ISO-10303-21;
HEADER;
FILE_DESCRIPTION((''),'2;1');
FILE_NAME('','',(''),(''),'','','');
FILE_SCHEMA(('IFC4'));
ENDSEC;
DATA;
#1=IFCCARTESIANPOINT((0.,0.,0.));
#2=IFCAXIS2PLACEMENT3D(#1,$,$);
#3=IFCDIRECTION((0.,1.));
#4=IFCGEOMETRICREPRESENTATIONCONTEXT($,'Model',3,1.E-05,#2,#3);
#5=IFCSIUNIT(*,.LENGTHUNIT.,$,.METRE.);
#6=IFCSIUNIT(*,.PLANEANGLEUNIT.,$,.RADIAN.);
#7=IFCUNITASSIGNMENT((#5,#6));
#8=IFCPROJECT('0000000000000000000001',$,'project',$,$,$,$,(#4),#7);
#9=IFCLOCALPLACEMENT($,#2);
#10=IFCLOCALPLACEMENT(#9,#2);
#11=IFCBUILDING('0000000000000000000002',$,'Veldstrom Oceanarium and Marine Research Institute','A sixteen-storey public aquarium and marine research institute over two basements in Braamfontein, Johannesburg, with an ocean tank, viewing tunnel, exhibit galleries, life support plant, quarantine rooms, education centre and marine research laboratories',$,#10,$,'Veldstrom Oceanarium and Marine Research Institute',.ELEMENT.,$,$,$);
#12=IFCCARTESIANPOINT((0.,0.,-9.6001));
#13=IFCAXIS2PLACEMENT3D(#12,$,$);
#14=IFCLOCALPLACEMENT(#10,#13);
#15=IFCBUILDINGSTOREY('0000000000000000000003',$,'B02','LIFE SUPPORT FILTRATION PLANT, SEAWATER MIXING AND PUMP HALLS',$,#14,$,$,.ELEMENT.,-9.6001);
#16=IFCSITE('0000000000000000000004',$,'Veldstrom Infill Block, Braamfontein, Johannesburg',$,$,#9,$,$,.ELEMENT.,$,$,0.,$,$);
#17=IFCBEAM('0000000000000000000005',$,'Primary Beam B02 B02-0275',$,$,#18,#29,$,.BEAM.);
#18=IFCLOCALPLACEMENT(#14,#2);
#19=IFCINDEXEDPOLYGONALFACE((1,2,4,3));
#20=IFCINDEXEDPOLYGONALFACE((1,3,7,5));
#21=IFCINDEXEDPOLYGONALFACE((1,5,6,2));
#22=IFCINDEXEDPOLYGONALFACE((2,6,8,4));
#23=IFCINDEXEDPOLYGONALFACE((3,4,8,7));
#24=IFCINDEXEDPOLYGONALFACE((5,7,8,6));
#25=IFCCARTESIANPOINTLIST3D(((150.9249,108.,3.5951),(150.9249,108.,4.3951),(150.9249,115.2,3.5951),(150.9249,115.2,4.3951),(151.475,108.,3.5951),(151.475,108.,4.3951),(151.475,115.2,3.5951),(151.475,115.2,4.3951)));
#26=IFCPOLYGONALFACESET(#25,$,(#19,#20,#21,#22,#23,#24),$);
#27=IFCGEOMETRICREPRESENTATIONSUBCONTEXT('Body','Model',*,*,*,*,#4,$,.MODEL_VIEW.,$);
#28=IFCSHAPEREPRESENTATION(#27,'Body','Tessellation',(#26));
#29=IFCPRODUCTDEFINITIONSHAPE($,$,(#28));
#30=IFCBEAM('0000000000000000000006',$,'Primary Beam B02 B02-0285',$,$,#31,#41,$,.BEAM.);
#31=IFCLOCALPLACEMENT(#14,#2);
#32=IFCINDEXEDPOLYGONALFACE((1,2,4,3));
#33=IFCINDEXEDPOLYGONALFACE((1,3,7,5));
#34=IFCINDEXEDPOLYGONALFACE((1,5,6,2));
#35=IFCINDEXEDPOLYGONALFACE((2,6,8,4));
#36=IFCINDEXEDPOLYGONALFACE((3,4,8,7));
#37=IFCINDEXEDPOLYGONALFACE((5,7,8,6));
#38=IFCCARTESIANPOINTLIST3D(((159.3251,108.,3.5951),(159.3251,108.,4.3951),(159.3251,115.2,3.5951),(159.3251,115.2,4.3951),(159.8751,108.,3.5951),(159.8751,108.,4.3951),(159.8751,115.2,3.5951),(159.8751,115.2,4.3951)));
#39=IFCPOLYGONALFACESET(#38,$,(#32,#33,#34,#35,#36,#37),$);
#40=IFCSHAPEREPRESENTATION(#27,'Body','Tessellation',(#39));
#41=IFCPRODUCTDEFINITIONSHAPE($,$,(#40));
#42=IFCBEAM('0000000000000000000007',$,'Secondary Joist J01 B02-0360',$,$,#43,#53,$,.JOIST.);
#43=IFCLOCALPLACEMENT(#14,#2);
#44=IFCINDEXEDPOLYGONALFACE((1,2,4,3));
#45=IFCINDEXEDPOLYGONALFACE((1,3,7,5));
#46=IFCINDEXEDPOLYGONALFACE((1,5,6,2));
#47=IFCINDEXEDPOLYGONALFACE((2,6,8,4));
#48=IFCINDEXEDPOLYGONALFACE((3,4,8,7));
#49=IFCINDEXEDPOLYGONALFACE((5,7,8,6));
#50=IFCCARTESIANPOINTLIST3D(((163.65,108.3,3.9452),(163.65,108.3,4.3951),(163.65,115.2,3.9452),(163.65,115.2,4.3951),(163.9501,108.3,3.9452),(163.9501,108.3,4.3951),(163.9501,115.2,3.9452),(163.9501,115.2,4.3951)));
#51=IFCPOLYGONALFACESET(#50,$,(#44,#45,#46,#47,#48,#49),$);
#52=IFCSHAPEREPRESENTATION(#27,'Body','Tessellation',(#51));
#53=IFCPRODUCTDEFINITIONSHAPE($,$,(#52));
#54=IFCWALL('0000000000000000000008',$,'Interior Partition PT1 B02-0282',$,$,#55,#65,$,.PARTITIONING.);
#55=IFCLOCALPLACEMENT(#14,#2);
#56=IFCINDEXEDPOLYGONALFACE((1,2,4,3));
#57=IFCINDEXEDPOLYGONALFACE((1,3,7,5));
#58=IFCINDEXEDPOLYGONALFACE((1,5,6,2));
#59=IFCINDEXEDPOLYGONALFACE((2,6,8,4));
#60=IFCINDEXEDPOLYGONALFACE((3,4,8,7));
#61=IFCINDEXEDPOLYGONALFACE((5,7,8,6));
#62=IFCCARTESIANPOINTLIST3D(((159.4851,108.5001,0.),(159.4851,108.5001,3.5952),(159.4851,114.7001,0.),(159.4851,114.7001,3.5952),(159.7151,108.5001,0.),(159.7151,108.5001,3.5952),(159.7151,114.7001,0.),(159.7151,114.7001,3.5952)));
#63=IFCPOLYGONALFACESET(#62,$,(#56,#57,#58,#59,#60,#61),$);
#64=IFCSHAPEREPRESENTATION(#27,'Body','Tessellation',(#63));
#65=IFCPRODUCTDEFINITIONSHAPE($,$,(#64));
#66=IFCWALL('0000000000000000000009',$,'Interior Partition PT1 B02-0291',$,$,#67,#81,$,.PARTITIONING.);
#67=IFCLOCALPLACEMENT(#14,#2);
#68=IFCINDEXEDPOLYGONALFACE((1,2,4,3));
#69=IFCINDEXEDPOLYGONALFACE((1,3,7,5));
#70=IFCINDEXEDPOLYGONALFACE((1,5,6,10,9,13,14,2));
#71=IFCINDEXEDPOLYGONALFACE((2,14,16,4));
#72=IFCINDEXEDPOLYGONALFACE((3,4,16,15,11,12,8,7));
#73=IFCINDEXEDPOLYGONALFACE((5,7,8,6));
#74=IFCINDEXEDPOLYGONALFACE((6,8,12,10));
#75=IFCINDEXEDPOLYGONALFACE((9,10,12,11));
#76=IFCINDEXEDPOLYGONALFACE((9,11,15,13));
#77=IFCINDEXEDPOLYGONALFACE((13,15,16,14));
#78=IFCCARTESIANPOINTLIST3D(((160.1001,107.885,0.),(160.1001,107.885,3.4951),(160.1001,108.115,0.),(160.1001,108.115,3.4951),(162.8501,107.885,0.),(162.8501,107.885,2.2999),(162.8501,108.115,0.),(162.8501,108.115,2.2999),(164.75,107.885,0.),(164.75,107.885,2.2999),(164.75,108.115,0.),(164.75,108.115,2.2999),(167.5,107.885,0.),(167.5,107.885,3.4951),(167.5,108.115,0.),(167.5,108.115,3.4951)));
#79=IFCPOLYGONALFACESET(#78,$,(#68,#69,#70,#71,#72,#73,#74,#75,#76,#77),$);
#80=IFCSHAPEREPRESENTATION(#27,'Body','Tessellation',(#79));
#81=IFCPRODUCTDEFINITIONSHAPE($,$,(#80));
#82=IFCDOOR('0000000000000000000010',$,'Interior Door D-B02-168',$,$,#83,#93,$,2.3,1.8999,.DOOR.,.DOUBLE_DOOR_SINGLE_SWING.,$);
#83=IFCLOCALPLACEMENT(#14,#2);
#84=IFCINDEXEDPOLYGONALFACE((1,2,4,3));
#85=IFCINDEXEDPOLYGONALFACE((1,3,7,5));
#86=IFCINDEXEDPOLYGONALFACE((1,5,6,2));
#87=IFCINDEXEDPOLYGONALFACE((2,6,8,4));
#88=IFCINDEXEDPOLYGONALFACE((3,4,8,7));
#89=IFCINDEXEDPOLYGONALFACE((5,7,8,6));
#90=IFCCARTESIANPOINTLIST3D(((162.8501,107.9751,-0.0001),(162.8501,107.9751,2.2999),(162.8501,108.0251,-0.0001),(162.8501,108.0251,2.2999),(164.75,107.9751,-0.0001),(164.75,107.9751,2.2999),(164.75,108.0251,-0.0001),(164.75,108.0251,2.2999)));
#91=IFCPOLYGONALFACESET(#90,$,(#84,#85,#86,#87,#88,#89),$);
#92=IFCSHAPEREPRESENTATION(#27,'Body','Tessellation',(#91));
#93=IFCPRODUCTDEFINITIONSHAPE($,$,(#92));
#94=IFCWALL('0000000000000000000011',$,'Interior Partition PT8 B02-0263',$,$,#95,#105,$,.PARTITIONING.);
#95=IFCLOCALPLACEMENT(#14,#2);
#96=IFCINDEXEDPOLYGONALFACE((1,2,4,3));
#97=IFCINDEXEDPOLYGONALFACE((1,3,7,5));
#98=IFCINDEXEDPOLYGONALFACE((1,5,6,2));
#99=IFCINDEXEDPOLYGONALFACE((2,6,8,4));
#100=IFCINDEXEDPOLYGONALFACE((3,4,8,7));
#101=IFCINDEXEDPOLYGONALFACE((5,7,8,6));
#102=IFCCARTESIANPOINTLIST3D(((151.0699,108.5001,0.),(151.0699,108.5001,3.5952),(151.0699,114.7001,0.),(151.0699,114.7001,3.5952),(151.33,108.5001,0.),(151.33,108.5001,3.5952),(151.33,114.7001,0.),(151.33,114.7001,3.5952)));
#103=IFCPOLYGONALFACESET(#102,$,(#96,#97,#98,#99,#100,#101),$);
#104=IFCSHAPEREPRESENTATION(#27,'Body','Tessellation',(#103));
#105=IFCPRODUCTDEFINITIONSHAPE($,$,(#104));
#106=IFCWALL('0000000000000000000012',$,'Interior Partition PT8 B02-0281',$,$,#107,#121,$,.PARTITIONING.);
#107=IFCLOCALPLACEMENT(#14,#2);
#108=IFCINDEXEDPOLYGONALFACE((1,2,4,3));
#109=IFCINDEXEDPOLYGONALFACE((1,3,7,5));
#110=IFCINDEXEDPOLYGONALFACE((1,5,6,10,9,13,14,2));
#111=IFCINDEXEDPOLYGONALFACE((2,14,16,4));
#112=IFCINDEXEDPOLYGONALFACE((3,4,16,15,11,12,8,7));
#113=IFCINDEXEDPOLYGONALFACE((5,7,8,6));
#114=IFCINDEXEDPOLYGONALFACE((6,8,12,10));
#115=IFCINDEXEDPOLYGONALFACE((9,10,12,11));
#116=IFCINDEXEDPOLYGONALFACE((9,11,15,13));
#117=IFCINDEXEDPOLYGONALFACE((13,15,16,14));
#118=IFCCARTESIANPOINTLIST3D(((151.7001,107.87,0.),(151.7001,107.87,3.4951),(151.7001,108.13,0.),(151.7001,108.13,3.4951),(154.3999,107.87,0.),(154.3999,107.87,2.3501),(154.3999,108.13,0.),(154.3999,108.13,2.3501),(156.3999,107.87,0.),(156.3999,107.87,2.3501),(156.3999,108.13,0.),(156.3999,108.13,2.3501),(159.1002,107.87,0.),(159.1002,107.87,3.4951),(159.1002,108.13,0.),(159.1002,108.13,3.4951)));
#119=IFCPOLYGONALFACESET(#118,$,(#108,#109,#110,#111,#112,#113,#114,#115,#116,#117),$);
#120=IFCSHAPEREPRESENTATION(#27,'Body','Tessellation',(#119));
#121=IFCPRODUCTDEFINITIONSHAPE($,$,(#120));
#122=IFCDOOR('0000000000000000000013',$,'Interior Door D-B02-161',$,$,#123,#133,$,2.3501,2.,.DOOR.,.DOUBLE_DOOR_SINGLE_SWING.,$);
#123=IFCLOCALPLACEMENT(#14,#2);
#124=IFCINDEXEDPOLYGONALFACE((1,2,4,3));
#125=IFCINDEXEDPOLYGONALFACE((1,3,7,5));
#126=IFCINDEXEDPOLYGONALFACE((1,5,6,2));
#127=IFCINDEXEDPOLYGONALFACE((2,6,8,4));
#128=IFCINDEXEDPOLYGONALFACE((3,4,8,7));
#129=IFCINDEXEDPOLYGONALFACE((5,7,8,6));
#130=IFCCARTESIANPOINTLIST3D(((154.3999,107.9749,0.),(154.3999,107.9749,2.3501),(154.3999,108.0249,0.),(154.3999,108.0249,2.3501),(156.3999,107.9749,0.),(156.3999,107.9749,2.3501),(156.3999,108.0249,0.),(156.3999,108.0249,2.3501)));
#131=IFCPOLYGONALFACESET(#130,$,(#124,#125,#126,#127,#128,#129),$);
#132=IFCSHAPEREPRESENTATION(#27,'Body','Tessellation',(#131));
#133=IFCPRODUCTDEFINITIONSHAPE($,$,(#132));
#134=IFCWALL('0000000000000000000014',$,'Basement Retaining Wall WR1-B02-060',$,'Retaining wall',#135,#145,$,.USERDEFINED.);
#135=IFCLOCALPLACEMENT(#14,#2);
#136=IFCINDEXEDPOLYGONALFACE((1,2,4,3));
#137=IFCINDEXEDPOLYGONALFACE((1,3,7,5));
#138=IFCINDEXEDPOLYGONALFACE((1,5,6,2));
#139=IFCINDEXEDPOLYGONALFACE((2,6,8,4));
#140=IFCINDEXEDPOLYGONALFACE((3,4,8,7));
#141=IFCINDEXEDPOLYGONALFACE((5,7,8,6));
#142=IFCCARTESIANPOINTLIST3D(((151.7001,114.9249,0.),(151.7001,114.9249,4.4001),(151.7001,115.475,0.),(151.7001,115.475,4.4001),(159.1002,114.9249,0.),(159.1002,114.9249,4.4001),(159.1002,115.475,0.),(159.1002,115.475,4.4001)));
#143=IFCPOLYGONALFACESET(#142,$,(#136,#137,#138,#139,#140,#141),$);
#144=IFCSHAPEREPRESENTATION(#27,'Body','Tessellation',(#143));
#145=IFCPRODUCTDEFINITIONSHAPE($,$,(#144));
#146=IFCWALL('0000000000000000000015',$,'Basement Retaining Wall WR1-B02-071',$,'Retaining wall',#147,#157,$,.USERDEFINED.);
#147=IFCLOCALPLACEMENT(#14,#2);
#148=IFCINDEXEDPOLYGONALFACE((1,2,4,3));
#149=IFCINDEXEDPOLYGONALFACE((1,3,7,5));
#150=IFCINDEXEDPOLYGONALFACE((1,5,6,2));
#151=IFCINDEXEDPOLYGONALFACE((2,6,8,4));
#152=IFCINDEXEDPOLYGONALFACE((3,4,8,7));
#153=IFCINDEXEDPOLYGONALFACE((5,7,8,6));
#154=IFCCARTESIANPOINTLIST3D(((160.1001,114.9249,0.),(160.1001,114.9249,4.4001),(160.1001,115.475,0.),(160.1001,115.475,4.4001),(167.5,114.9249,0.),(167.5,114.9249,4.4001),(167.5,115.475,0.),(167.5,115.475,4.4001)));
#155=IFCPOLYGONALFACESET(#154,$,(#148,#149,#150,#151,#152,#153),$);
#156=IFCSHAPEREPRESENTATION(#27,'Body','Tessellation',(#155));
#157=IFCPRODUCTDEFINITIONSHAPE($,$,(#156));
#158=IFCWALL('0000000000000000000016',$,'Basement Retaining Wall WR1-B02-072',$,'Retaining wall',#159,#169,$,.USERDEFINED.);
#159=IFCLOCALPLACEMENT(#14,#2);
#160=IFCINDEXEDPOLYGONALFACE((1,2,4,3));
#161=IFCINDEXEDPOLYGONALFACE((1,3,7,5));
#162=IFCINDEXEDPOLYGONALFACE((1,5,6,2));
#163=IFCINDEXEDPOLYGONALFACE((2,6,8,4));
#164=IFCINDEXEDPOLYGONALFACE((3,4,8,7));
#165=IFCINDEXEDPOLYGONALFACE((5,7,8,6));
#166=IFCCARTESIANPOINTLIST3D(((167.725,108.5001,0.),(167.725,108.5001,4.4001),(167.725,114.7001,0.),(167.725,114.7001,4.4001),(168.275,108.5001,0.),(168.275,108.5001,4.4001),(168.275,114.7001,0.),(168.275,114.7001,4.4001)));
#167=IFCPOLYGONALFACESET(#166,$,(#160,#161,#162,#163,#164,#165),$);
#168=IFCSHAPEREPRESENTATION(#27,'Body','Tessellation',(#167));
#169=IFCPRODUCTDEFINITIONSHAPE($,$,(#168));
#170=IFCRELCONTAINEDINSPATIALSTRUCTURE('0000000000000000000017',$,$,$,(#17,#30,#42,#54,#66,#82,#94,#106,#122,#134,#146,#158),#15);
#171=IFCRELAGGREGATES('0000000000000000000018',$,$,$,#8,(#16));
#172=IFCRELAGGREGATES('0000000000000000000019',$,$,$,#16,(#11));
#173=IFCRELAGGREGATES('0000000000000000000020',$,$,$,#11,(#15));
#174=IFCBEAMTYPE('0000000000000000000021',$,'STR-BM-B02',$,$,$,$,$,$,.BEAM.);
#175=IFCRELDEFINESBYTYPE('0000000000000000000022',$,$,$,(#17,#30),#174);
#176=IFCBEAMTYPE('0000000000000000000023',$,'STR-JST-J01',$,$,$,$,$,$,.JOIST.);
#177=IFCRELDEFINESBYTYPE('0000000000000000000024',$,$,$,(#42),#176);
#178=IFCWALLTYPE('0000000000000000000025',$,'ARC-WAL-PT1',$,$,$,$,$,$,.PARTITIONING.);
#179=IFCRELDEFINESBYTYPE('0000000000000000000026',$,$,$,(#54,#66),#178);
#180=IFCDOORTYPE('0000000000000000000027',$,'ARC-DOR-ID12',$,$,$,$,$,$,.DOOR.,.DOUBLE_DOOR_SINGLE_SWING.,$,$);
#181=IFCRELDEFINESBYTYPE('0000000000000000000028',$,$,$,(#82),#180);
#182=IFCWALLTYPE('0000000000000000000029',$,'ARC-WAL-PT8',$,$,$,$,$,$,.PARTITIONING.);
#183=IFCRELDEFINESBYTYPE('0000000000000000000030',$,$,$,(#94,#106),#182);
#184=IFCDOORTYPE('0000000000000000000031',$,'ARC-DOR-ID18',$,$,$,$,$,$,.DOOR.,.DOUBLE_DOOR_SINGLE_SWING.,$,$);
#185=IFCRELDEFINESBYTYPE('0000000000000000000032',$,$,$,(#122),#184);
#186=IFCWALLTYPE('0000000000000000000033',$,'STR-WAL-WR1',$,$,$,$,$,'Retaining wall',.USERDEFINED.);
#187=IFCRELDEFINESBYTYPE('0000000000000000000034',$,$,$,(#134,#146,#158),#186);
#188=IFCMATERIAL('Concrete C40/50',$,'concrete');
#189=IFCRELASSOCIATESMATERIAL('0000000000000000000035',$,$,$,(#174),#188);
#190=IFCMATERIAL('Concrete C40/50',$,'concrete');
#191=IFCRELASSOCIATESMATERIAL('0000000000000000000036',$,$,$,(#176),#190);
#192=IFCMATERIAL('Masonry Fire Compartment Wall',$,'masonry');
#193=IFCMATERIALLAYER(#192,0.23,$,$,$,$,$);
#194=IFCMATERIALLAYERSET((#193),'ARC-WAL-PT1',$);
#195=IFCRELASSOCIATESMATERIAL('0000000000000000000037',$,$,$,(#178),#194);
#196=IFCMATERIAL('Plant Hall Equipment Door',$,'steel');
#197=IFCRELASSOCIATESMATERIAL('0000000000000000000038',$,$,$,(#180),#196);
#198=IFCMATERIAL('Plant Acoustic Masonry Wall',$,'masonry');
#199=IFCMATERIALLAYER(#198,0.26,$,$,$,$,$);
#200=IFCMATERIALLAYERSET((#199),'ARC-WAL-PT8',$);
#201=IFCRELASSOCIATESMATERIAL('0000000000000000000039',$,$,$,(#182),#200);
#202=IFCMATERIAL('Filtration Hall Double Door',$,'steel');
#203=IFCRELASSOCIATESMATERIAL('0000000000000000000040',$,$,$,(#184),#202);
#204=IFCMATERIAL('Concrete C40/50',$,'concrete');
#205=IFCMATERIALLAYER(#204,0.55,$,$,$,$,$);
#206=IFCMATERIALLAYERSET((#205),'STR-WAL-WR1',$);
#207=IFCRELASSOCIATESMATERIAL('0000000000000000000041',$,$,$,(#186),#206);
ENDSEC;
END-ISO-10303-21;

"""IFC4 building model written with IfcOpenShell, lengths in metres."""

from ifc_helpers import new_model, si_unit, direction, frame, frame_2d, origin, origin_2d, place, context, subcontext, project, spatial, rectangle, extrude, material, layer, layer_set, material_profile, profile_set, type_object, element, fill, save


model = new_model("IFC4")

# Units and contexts
model_context = context("Model", 3, precision=1e-05, world=origin(), true_north=direction((0.0, 1.0)))
body_context = subcontext(model_context, "Body", "Model", "MODEL_VIEW")
ifc_project = project(units=[si_unit("LENGTHUNIT", "METRE"), si_unit("PLANEANGLEUNIT", "RADIAN")], contexts=[model_context])

# Site, building, storey
site_placement = place(None, origin())
site = spatial("IfcSite", under=ifc_project, at=site_placement, Name="Veldstrom Infill Block, Braamfontein, Johannesburg", CompositionType="ELEMENT", RefElevation=0.0)
building_placement = place(site_placement, origin())
building = spatial("IfcBuilding", under=site, at=building_placement, Name="Veldstrom Oceanarium and Marine Research Institute", Description="A sixteen-storey public aquarium and marine research institute over two basements in Braamfontein, Johannesburg, with an ocean tank, viewing tunnel, exhibit galleries, life support plant, quarantine rooms, education centre and marine research laboratories", LongName="Veldstrom Oceanarium and Marine Research Institute", CompositionType="ELEMENT")
storey_placement = place(building_placement, frame((0.0, 0.0, -9.6001)))
storey = spatial("IfcBuildingStorey", under=building, at=storey_placement, Name="B02", Description="LIFE SUPPORT FILTRATION PLANT, SEAWATER MIXING AND PUMP HALLS", CompositionType="ELEMENT", Elevation=-9.6001)

# Beams
ifc_material_1 = material(Name="Concrete C40/50", Category="concrete")
ifc_material_profile_1 = material_profile(ifc_material_1, rectangle(XDim=0.55, YDim=0.8, at=origin_2d()), Name="RC-BM-550x800")
ifc_profile_set_1 = profile_set([ifc_material_profile_1], Name="Concrete C40/50")
beam_type_1 = type_object("IfcBeamType", Name="STR-BM-B02", PredefinedType="BEAM", material=ifc_profile_set_1)
for number, where, z_axis, x_axis, name in (
    (1, (151.2, 108.0, 3.9951), (0.0, 1.0, 0.0), (-1.0, 0.0, 0.0), "Primary Beam B02 B02-0275"),
    (2, (159.6001, 108.0, 3.9951), (0.0, 1.0, 0.0), (-1.0, 0.0, 0.0), "Primary Beam B02 B02-0285"),
):
    element("IfcBeam", number, at=place(storey_placement, frame(where, z_axis=z_axis, x_axis=x_axis)), inside=storey, type_object=beam_type_1, Name=name, PredefinedType="BEAM", context=body_context, shape_type="SweptSolid", body=[
        extrude(rectangle(XDim=0.55, YDim=0.8, at=origin_2d()), origin(), (0.0, 0.0, 1.0), 7.2),
    ])
ifc_material_2 = material(Name="Concrete C40/50", Category="concrete")
ifc_material_profile_2 = material_profile(ifc_material_2, rectangle(XDim=0.3, YDim=0.45, at=origin_2d()), Name="RC-JST-300x450")
ifc_profile_set_2 = profile_set([ifc_material_profile_2], Name="Concrete C40/50")
beam_type_2 = type_object("IfcBeamType", Name="STR-JST-J01", PredefinedType="JOIST", material=ifc_profile_set_2)
beam_1_placement = place(storey_placement, frame((163.8, 108.3, 4.1702), z_axis=(0.0, 1.0, 0.0), x_axis=(-1.0, 0.0, 0.0)))
element("IfcBeam", 3, at=beam_1_placement, inside=storey, type_object=beam_type_2, Name="Secondary Joist J01 B02-0360", PredefinedType="JOIST", context=body_context, shape_type="SweptSolid", body=[
    extrude(rectangle(XDim=0.3, YDim=0.45, at=origin_2d()), origin(), (0.0, 0.0, 1.0), 6.8999),
])

# Wall
ifc_material_3 = material(Name="Masonry Fire Compartment Wall", Category="masonry")
ifc_layer_1 = layer(ifc_material_3, 0.23)
ifc_layer_set_1 = layer_set([ifc_layer_1], Name="ARC-WAL-PT1")
wall_type_1 = type_object("IfcWallType", Name="ARC-WAL-PT1", PredefinedType="PARTITIONING", material=ifc_layer_set_1)
wall_1_placement = place(storey_placement, frame((159.6001, 108.5, 0.0), z_axis=(0.0, 0.0, 1.0), x_axis=(0.0, 1.0, 0.0)))
element("IfcWall", 4, at=wall_1_placement, inside=storey, type_object=wall_type_1, Name="Interior Partition PT1 B02-0282", PredefinedType="PARTITIONING", context=body_context, shape_type="SweptSolid", body=[
    extrude(rectangle(XDim=6.2, YDim=0.23, at=frame_2d((3.1001, 0.0))), origin(), (0.0, 0.0, 1.0), 3.5952),
])

# Wall, opening, door
wall_2_placement = place(storey_placement, frame((160.1001, 108.0, 0.0), z_axis=(0.0, 0.0, 1.0), x_axis=(1.0, 0.0, 0.0)))
wall_2 = element("IfcWall", 5, at=wall_2_placement, inside=storey, type_object=wall_type_1, Name="Interior Partition PT1 B02-0291", PredefinedType="PARTITIONING", context=body_context, shape_type="SweptSolid", body=[
    extrude(rectangle(XDim=7.3999, YDim=0.23, at=frame_2d((3.7, 0.0))), origin(), (0.0, 0.0, 1.0), 3.4951),
])
opening_1_placement = place(wall_2_placement, frame((2.75, 0.0, 0.0)))
opening_1 = element("IfcOpeningElement", 6, at=opening_1_placement, cuts=wall_2, PredefinedType="OPENING", context=body_context, shape_type="SweptSolid", body=[
    extrude(rectangle(XDim=1.8999, YDim=2.3, at=frame_2d((0.95, 1.1499))), frame((0.0, 0.125, 0.0), z_axis=(0.0, -1.0, 0.0), x_axis=(1.0, 0.0, 0.0)), (0.0, 0.0, 1.0), 0.25),
])
ifc_material_4 = material(Name="Plant Hall Equipment Door", Category="steel")
door_type_1 = type_object("IfcDoorType", Name="ARC-DOR-ID12", OperationType="DOUBLE_DOOR_SINGLE_SWING", PredefinedType="DOOR", material=ifc_material_4)
door_1_placement = place(opening_1_placement, frame((1.8999, 0.0, 0.0), z_axis=(0.0, 0.0, 1.0), x_axis=(-1.0, 0.0, 0.0)))
door_1 = element("IfcDoor", 7, at=door_1_placement, inside=storey, type_object=door_type_1, Name="Interior Door D-B02-168", OperationType="DOUBLE_DOOR_SINGLE_SWING", OverallHeight=2.3, OverallWidth=1.8999, PredefinedType="DOOR", context=body_context, shape_type="SweptSolid", body=[
    extrude(rectangle(XDim=1.8999, YDim=2.3, at=frame_2d((0.95, 1.1499))), frame((0.0, 0.0249, 0.0), z_axis=(0.0, -1.0, 0.0), x_axis=(1.0, 0.0, 0.0)), (0.0, 0.0, 1.0), 0.05),
])
fill(opening_1, door_1)

# Wall
ifc_material_5 = material(Name="Plant Acoustic Masonry Wall", Category="masonry")
ifc_layer_2 = layer(ifc_material_5, 0.26)
ifc_layer_set_2 = layer_set([ifc_layer_2], Name="ARC-WAL-PT8")
wall_type_2 = type_object("IfcWallType", Name="ARC-WAL-PT8", PredefinedType="PARTITIONING", material=ifc_layer_set_2)
wall_3_placement = place(storey_placement, frame((151.2, 108.5, 0.0), z_axis=(0.0, 0.0, 1.0), x_axis=(0.0, 1.0, 0.0)))
element("IfcWall", 8, at=wall_3_placement, inside=storey, type_object=wall_type_2, Name="Interior Partition PT8 B02-0263", PredefinedType="PARTITIONING", context=body_context, shape_type="SweptSolid", body=[
    extrude(rectangle(XDim=6.2, YDim=0.26, at=frame_2d((3.1001, 0.0))), origin(), (0.0, 0.0, 1.0), 3.5952),
])

# Wall, opening, door
wall_4_placement = place(storey_placement, frame((151.7, 108.0, 0.0), z_axis=(0.0, 0.0, 1.0), x_axis=(1.0, 0.0, 0.0)))
wall_4 = element("IfcWall", 9, at=wall_4_placement, inside=storey, type_object=wall_type_2, Name="Interior Partition PT8 B02-0281", PredefinedType="PARTITIONING", context=body_context, shape_type="SweptSolid", body=[
    extrude(rectangle(XDim=7.4001, YDim=0.26, at=frame_2d((3.7002, 0.0))), origin(), (0.0, 0.0, 1.0), 3.4951),
])
opening_2_placement = place(wall_4_placement, frame((2.7, 0.0, 0.0)))
opening_2 = element("IfcOpeningElement", 10, at=opening_2_placement, cuts=wall_4, PredefinedType="OPENING", context=body_context, shape_type="SweptSolid", body=[
    extrude(rectangle(XDim=2.0, YDim=2.3501, at=frame_2d((1.0, 1.175))), frame((0.0, 0.1399, 0.0), z_axis=(0.0, -1.0, 0.0), x_axis=(1.0, 0.0, 0.0)), (0.0, 0.0, 1.0), 0.28),
])
ifc_material_6 = material(Name="Filtration Hall Double Door", Category="steel")
door_type_2 = type_object("IfcDoorType", Name="ARC-DOR-ID18", OperationType="DOUBLE_DOOR_SINGLE_SWING", PredefinedType="DOOR", material=ifc_material_6)
door_2_placement = place(opening_2_placement, origin())
door_2 = element("IfcDoor", 11, at=door_2_placement, inside=storey, type_object=door_type_2, Name="Interior Door D-B02-161", OperationType="DOUBLE_DOOR_SINGLE_SWING", OverallHeight=2.3501, OverallWidth=2.0, PredefinedType="DOOR", context=body_context, shape_type="SweptSolid", body=[
    extrude(rectangle(XDim=2.0, YDim=2.3501, at=frame_2d((1.0, 1.175))), frame((0.0, 0.0249, 0.0), z_axis=(0.0, -1.0, 0.0), x_axis=(1.0, 0.0, 0.0)), (0.0, 0.0, 1.0), 0.05),
])
fill(opening_2, door_2)

# Walls
ifc_material_7 = material(Name="Concrete C40/50", Category="concrete")
ifc_layer_3 = layer(ifc_material_7, 0.55)
ifc_layer_set_3 = layer_set([ifc_layer_3], Name="STR-WAL-WR1")
wall_type_3 = type_object("IfcWallType", Name="STR-WAL-WR1", ElementType="Retaining wall", PredefinedType="USERDEFINED", material=ifc_layer_set_3)
wall_5_placement = place(storey_placement, frame((151.7, 115.2, 0.0), z_axis=(0.0, 0.0, 1.0), x_axis=(1.0, 0.0, 0.0)))
element("IfcWall", 12, at=wall_5_placement, inside=storey, type_object=wall_type_3, Name="Basement Retaining Wall WR1-B02-060", ObjectType="Retaining wall", PredefinedType="USERDEFINED", context=body_context, shape_type="SweptSolid", body=[
    extrude(rectangle(XDim=7.4001, YDim=0.55, at=frame_2d((3.7002, 0.0))), origin(), (0.0, 0.0, 1.0), 4.4001),
])
wall_6_placement = place(storey_placement, frame((160.1001, 115.2, 0.0), z_axis=(0.0, 0.0, 1.0), x_axis=(1.0, 0.0, 0.0)))
element("IfcWall", 13, at=wall_6_placement, inside=storey, type_object=wall_type_3, Name="Basement Retaining Wall WR1-B02-071", ObjectType="Retaining wall", PredefinedType="USERDEFINED", context=body_context, shape_type="SweptSolid", body=[
    extrude(rectangle(XDim=7.3999, YDim=0.55, at=frame_2d((3.7, 0.0))), origin(), (0.0, 0.0, 1.0), 4.4001),
])
wall_7_placement = place(storey_placement, frame((168.0, 108.5, 0.0), z_axis=(0.0, 0.0, 1.0), x_axis=(0.0, 1.0, 0.0)))
element("IfcWall", 14, at=wall_7_placement, inside=storey, type_object=wall_type_3, Name="Basement Retaining Wall WR1-B02-072", ObjectType="Retaining wall", PredefinedType="USERDEFINED", context=body_context, shape_type="SweptSolid", body=[
    extrude(rectangle(XDim=6.2, YDim=0.55, at=frame_2d((3.1001, 0.0))), origin(), (0.0, 0.0, 1.0), 4.4001),
])

save(model, "model.ifc")
